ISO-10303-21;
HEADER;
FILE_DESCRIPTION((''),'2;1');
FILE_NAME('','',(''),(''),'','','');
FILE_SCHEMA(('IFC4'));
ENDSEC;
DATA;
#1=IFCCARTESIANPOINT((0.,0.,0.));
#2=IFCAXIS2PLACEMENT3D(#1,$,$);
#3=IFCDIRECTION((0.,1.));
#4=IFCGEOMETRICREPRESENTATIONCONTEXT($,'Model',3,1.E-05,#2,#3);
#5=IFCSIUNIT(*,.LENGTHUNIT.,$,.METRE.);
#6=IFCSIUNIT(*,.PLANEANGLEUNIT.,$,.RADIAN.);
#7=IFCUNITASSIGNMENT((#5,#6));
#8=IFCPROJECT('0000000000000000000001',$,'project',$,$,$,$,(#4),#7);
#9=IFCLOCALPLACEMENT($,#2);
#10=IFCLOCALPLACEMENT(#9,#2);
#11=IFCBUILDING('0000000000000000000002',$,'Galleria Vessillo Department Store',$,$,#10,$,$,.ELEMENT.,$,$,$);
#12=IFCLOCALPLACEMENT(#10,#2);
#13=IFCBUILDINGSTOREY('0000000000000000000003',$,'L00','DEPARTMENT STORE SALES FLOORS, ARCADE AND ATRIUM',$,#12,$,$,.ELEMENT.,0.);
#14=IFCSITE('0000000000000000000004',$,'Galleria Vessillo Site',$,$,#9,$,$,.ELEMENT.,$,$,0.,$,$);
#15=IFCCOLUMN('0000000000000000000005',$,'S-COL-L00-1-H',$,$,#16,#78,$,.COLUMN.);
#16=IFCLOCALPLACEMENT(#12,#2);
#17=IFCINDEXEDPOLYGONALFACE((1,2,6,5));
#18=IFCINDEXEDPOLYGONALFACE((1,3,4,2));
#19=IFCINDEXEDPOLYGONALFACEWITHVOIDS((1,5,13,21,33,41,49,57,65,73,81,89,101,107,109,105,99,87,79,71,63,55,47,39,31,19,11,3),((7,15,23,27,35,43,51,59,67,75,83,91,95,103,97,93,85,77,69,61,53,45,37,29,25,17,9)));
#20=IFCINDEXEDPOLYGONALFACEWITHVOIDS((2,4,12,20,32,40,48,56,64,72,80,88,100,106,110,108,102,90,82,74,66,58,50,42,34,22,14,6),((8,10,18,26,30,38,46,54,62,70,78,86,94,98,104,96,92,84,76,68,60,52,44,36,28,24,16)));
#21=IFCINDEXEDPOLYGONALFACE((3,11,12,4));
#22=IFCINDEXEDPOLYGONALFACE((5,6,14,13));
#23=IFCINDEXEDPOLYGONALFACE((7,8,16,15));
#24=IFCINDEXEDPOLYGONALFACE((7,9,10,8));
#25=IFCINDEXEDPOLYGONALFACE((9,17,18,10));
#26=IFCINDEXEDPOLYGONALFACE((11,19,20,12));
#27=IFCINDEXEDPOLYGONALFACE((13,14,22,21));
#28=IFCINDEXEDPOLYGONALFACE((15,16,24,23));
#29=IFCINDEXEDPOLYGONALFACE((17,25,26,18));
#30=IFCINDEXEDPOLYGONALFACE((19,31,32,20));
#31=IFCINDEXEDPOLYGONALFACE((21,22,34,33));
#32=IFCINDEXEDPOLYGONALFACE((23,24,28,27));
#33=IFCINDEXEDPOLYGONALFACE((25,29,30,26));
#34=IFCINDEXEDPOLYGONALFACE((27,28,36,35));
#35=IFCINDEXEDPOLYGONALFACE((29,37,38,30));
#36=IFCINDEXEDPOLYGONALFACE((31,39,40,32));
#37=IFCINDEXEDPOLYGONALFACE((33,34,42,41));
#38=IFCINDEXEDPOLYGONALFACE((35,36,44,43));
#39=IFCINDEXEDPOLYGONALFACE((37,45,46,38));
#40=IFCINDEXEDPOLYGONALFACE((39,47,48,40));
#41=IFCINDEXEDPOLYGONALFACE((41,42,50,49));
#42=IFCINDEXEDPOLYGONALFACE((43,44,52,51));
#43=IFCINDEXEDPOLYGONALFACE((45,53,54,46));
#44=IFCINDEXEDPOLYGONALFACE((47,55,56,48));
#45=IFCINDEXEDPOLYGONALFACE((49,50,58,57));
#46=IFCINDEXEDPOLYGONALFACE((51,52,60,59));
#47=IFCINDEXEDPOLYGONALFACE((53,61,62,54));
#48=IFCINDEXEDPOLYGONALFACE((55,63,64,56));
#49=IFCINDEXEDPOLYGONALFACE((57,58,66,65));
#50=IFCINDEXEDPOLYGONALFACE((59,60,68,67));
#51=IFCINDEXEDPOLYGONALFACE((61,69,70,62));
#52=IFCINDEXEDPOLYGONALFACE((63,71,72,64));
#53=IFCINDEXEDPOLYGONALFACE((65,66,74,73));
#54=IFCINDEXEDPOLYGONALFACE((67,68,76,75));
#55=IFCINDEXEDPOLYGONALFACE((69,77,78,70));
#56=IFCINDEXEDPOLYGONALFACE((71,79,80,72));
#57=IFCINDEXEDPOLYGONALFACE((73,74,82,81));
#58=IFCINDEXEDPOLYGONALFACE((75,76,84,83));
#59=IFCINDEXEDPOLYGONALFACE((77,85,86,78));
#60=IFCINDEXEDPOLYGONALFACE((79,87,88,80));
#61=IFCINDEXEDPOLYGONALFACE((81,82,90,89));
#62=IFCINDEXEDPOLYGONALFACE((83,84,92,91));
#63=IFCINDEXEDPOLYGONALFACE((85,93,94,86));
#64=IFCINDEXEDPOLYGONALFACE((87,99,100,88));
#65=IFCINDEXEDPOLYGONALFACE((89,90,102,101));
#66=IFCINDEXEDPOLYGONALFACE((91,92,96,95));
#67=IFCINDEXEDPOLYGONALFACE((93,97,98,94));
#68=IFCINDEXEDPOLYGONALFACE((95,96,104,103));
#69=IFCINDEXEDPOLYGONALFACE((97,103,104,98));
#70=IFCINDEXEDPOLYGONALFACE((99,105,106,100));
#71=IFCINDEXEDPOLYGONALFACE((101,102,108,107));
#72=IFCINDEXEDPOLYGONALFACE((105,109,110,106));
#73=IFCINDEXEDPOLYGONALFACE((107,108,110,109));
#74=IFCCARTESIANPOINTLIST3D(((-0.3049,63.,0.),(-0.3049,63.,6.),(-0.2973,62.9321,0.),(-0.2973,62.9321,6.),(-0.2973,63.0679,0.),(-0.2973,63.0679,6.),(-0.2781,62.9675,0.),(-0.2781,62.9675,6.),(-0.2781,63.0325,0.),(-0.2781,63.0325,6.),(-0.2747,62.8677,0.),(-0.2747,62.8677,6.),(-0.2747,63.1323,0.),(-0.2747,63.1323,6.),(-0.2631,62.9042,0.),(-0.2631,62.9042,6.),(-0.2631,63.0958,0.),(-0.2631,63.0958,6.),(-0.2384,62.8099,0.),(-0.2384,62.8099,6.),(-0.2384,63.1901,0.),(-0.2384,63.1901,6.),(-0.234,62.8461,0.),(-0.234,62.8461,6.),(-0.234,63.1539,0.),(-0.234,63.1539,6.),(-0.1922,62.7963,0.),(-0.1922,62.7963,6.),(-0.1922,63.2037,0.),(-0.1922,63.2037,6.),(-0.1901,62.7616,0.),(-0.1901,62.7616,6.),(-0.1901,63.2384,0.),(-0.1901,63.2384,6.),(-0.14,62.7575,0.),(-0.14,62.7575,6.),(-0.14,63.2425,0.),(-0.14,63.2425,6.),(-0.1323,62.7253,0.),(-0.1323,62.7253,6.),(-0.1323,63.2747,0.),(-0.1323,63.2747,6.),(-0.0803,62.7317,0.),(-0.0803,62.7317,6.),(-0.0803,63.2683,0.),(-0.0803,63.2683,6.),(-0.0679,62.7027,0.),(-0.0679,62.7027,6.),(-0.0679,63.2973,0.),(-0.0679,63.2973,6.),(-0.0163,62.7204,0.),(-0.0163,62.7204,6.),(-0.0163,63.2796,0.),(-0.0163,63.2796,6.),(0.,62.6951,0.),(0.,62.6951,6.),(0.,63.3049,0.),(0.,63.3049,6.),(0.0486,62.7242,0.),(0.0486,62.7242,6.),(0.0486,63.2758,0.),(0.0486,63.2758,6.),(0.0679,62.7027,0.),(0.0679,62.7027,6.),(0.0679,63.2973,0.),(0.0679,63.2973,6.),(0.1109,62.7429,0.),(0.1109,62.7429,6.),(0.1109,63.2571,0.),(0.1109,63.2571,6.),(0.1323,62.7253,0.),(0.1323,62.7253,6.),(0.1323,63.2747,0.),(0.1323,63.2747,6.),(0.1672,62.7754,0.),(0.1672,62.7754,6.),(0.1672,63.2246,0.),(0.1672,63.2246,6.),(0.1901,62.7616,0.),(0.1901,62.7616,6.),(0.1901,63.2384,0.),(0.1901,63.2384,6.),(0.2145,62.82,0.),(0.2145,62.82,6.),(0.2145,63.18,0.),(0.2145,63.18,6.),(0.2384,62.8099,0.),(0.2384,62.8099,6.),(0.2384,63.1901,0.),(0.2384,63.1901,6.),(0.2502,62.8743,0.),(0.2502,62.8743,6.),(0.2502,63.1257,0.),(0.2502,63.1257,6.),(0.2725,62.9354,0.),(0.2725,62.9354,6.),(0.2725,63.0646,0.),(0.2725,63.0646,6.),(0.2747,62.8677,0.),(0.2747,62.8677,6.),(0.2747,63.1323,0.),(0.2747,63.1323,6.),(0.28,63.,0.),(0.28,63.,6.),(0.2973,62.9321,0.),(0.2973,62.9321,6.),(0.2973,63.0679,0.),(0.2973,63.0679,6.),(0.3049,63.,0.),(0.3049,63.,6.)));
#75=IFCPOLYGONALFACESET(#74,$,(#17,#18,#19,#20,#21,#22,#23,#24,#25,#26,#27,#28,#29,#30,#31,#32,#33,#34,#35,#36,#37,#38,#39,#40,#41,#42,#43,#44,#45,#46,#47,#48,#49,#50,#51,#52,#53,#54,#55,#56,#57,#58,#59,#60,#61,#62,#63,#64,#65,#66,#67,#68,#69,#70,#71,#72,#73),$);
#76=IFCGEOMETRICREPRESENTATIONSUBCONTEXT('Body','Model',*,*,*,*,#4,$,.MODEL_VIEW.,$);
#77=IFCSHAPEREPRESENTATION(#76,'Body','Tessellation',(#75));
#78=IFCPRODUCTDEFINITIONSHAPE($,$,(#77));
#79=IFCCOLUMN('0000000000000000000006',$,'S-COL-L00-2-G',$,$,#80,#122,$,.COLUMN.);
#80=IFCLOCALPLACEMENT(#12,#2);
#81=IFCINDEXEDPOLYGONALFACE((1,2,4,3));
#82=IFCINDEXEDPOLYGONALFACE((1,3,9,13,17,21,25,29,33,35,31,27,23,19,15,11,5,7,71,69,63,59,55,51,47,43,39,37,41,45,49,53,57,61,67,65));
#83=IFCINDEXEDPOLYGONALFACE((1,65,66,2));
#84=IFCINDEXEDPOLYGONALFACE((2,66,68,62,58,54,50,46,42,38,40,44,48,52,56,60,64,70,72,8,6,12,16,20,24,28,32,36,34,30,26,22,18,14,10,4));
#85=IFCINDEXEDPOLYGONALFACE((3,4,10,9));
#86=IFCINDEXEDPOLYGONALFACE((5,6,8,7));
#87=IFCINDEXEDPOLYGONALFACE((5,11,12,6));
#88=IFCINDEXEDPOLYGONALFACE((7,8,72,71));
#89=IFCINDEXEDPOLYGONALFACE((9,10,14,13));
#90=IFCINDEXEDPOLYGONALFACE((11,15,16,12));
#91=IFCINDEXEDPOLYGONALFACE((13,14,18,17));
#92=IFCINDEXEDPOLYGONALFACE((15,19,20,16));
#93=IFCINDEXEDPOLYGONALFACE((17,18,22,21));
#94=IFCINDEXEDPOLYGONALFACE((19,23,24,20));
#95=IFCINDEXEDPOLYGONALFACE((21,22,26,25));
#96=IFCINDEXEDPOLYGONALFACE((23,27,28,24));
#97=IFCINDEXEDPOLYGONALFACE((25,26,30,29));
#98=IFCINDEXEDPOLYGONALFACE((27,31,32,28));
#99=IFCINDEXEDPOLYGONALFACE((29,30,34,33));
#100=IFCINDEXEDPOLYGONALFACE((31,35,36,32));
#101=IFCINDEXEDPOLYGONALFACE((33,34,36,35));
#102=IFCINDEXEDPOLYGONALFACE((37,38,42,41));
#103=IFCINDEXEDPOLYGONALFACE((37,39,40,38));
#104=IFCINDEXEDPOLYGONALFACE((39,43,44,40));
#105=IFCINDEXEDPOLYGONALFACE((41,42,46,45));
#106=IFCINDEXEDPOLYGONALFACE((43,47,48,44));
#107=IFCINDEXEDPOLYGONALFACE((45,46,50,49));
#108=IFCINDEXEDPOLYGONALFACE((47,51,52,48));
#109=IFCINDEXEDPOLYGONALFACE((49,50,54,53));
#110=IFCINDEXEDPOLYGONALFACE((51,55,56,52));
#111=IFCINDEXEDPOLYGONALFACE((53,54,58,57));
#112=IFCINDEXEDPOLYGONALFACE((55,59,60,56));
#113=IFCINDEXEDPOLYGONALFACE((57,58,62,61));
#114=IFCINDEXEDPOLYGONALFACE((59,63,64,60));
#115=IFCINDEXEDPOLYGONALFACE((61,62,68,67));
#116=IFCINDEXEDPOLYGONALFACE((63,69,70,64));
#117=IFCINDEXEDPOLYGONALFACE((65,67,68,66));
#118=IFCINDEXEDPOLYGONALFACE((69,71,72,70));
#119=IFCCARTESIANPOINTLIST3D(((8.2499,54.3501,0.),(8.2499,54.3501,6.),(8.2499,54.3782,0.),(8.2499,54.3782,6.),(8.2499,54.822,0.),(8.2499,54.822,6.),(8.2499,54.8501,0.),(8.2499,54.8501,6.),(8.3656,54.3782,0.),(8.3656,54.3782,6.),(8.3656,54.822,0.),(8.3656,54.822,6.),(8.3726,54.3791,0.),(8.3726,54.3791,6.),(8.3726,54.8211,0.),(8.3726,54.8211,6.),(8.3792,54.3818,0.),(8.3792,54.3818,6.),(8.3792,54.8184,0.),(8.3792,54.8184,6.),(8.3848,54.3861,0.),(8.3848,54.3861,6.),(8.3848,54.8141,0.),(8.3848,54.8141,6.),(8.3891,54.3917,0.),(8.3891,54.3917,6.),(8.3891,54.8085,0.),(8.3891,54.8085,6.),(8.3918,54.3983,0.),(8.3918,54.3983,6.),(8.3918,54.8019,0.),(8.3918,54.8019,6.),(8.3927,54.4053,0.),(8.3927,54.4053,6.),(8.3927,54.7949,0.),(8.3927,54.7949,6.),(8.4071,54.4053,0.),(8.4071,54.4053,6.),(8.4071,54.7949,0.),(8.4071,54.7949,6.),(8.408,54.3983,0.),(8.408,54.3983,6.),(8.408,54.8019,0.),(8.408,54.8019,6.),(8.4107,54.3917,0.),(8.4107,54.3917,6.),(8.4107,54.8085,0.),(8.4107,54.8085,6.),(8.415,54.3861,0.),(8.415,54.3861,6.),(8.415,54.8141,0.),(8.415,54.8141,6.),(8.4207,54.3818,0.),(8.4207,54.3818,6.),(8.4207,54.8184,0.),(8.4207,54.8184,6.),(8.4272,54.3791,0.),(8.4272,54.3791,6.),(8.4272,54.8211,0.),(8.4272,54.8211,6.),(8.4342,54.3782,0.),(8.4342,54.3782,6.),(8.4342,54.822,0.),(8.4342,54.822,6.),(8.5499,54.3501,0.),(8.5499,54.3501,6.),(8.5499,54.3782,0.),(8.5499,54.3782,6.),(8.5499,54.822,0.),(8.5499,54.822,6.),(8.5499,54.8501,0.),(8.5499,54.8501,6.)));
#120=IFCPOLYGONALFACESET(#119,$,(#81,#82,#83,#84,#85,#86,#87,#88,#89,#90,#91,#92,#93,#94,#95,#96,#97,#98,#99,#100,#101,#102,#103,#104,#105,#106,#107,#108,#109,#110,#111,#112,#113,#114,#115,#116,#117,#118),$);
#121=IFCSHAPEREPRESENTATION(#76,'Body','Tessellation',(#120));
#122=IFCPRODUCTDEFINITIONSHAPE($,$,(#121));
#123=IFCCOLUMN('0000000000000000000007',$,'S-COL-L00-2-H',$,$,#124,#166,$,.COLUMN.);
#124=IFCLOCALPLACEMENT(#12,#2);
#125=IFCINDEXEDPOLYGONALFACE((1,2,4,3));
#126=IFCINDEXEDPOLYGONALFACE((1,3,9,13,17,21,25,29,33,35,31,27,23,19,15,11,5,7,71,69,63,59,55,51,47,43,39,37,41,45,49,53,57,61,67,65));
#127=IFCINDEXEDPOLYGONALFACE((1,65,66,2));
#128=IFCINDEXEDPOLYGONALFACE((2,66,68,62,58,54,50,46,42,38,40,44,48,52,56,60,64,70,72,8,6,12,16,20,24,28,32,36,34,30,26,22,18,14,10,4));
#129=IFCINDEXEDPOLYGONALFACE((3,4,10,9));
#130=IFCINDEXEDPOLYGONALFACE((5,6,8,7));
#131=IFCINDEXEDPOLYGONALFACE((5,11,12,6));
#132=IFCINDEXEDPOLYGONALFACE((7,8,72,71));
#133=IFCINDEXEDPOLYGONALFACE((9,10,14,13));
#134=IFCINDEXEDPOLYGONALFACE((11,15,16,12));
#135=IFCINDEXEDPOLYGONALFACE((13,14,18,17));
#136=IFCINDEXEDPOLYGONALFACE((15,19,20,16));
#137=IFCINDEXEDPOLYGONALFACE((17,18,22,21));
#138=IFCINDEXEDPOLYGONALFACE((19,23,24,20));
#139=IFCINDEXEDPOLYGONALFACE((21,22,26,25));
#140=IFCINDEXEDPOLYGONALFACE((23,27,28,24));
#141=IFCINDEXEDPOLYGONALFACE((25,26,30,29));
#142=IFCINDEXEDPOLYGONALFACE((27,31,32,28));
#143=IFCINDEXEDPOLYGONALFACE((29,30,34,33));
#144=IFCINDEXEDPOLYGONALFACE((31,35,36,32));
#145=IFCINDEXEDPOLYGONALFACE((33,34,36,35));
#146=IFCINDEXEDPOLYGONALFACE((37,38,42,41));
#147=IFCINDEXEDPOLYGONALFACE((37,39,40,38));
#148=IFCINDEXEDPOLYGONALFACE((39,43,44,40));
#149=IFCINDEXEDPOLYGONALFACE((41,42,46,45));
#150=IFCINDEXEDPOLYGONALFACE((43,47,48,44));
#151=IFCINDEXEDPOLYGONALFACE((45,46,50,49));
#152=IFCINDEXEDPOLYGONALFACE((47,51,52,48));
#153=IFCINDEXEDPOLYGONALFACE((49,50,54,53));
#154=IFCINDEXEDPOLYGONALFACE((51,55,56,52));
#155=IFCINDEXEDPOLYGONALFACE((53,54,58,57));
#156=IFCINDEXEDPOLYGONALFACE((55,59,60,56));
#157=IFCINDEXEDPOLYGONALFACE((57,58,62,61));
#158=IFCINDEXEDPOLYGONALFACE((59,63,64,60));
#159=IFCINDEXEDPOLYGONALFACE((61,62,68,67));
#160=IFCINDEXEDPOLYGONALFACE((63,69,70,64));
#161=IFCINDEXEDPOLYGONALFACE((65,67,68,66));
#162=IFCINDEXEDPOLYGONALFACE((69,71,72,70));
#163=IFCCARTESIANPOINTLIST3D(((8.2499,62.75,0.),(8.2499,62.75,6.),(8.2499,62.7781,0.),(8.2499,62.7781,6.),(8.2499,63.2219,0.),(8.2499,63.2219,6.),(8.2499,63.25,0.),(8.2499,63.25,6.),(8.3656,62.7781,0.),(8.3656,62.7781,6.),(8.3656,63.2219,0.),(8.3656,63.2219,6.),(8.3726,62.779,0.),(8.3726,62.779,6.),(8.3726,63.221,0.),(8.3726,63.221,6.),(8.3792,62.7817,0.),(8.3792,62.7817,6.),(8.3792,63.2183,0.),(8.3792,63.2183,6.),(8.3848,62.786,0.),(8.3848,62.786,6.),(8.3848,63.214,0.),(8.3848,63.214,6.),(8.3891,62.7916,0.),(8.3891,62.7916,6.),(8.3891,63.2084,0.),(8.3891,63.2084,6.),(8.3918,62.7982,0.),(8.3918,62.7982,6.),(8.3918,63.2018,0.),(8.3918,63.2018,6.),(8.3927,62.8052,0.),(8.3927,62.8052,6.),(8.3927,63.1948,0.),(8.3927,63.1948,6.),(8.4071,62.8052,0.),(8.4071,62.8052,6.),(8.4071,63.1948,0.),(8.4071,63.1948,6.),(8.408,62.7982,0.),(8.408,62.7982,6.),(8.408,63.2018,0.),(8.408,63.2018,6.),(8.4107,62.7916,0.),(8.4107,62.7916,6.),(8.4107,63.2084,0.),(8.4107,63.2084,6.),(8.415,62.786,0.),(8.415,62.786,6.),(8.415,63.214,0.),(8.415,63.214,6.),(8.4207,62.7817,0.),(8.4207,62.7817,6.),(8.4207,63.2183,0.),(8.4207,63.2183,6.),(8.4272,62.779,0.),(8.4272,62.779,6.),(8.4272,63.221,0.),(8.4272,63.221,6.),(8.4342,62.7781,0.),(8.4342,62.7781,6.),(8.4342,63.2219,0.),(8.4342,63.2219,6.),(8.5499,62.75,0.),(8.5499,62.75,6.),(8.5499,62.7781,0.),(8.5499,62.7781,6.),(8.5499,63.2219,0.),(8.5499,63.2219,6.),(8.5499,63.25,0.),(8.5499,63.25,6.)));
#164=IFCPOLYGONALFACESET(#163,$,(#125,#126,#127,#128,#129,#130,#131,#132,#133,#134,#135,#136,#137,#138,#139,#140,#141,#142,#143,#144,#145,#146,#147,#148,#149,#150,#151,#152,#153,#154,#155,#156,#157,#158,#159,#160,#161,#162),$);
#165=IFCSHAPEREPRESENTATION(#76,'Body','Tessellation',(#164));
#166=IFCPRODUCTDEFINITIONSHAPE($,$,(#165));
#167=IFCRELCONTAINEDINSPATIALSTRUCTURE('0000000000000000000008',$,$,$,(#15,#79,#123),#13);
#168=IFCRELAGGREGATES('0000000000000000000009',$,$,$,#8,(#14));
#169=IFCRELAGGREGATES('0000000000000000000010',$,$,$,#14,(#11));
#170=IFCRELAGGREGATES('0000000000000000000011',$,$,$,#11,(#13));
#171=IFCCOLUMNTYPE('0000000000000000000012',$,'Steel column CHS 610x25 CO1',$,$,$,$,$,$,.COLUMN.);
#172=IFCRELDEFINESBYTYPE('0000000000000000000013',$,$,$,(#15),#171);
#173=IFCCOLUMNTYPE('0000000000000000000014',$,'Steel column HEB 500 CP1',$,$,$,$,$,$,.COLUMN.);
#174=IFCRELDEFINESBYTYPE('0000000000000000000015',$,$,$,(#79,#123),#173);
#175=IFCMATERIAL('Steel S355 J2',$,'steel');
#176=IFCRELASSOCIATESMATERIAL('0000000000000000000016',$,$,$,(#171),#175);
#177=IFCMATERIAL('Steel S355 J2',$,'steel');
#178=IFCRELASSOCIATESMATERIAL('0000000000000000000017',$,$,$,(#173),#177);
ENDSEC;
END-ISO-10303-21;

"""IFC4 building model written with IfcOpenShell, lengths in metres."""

from ifc_helpers import new_model, si_unit, direction, frame, origin, origin_2d, place, context, subcontext, project, spatial, hollow_circle, i_section, extrude, material, material_profile, profile_set, type_object, element, save


model = new_model("IFC4")

# Units and contexts
model_context = context("Model", 3, precision=1e-05, world=origin(), true_north=direction((0.0, 1.0)))
body_context = subcontext(model_context, "Body", "Model", "MODEL_VIEW")
ifc_project = project(units=[si_unit("LENGTHUNIT", "METRE"), si_unit("PLANEANGLEUNIT", "RADIAN")], contexts=[model_context])

# Site, building, storey
site_placement = place(None, origin())
site = spatial("IfcSite", under=ifc_project, at=site_placement, Name="Galleria Vessillo Site", CompositionType="ELEMENT", RefElevation=0.0)
building_placement = place(site_placement, origin())
building = spatial("IfcBuilding", under=site, at=building_placement, Name="Galleria Vessillo Department Store", CompositionType="ELEMENT")
storey_placement = place(building_placement, origin())
storey = spatial("IfcBuildingStorey", under=building, at=storey_placement, Name="L00", Description="DEPARTMENT STORE SALES FLOORS, ARCADE AND ATRIUM", CompositionType="ELEMENT", Elevation=0.0)

# Columns
ifc_material_1 = material(Name="Steel S355 J2", Category="steel")
ifc_material_profile_1 = material_profile(ifc_material_1, hollow_circle(Radius=0.3049, WallThickness=0.0249, at=origin_2d()), Name="CHS 610x25")
ifc_profile_set_1 = profile_set([ifc_material_profile_1], Name="Steel S355 J2")
column_type_1 = type_object("IfcColumnType", Name="Steel column CHS 610x25 CO1", PredefinedType="COLUMN", material=ifc_profile_set_1)
for number, where, z_axis, x_axis, name in (
    (1, (0.0, 63.0, 0.0), (0.0, 0.0, 1.0), (1.0, 0.0, 0.0), "S-COL-L00-1-H"),
):
    element("IfcColumn", number, at=place(storey_placement, frame(where, z_axis=z_axis, x_axis=x_axis)), inside=storey, type_object=column_type_1, Name=name, PredefinedType="COLUMN", context=body_context, shape_type="SweptSolid", body=[
        extrude(hollow_circle(Radius=0.3049, WallThickness=0.0249, at=origin_2d()), origin(), (0.0, 0.0, 1.0), 6.0),
    ])
ifc_material_2 = material(Name="Steel S355 J2", Category="steel")
ifc_material_profile_2 = material_profile(ifc_material_2, i_section(OverallWidth=0.3, OverallDepth=0.5, WebThickness=0.0144, FlangeThickness=0.0281, FilletRadius=0.0271, at=origin_2d()), Name="HEB 500")
ifc_profile_set_2 = profile_set([ifc_material_profile_2], Name="Steel S355 J2")
column_type_2 = type_object("IfcColumnType", Name="Steel column HEB 500 CP1", PredefinedType="COLUMN", material=ifc_profile_set_2)
for number, where, z_axis, x_axis, name in (
    (2, (8.3999, 54.6001, 0.0), (0.0, 0.0, 1.0), (1.0, 0.0, 0.0), "S-COL-L00-2-G"),
    (3, (8.3999, 63.0, 0.0), (0.0, 0.0, 1.0), (1.0, 0.0, 0.0), "S-COL-L00-2-H"),
):
    element("IfcColumn", number, at=place(storey_placement, frame(where, z_axis=z_axis, x_axis=x_axis)), inside=storey, type_object=column_type_2, Name=name, PredefinedType="COLUMN", context=body_context, shape_type="SweptSolid", body=[
        extrude(i_section(OverallWidth=0.3, OverallDepth=0.5, WebThickness=0.0144, FlangeThickness=0.0281, FilletRadius=0.0271, at=origin_2d()), origin(), (0.0, 0.0, 1.0), 6.0),
    ])

save(model, "model.ifc")
